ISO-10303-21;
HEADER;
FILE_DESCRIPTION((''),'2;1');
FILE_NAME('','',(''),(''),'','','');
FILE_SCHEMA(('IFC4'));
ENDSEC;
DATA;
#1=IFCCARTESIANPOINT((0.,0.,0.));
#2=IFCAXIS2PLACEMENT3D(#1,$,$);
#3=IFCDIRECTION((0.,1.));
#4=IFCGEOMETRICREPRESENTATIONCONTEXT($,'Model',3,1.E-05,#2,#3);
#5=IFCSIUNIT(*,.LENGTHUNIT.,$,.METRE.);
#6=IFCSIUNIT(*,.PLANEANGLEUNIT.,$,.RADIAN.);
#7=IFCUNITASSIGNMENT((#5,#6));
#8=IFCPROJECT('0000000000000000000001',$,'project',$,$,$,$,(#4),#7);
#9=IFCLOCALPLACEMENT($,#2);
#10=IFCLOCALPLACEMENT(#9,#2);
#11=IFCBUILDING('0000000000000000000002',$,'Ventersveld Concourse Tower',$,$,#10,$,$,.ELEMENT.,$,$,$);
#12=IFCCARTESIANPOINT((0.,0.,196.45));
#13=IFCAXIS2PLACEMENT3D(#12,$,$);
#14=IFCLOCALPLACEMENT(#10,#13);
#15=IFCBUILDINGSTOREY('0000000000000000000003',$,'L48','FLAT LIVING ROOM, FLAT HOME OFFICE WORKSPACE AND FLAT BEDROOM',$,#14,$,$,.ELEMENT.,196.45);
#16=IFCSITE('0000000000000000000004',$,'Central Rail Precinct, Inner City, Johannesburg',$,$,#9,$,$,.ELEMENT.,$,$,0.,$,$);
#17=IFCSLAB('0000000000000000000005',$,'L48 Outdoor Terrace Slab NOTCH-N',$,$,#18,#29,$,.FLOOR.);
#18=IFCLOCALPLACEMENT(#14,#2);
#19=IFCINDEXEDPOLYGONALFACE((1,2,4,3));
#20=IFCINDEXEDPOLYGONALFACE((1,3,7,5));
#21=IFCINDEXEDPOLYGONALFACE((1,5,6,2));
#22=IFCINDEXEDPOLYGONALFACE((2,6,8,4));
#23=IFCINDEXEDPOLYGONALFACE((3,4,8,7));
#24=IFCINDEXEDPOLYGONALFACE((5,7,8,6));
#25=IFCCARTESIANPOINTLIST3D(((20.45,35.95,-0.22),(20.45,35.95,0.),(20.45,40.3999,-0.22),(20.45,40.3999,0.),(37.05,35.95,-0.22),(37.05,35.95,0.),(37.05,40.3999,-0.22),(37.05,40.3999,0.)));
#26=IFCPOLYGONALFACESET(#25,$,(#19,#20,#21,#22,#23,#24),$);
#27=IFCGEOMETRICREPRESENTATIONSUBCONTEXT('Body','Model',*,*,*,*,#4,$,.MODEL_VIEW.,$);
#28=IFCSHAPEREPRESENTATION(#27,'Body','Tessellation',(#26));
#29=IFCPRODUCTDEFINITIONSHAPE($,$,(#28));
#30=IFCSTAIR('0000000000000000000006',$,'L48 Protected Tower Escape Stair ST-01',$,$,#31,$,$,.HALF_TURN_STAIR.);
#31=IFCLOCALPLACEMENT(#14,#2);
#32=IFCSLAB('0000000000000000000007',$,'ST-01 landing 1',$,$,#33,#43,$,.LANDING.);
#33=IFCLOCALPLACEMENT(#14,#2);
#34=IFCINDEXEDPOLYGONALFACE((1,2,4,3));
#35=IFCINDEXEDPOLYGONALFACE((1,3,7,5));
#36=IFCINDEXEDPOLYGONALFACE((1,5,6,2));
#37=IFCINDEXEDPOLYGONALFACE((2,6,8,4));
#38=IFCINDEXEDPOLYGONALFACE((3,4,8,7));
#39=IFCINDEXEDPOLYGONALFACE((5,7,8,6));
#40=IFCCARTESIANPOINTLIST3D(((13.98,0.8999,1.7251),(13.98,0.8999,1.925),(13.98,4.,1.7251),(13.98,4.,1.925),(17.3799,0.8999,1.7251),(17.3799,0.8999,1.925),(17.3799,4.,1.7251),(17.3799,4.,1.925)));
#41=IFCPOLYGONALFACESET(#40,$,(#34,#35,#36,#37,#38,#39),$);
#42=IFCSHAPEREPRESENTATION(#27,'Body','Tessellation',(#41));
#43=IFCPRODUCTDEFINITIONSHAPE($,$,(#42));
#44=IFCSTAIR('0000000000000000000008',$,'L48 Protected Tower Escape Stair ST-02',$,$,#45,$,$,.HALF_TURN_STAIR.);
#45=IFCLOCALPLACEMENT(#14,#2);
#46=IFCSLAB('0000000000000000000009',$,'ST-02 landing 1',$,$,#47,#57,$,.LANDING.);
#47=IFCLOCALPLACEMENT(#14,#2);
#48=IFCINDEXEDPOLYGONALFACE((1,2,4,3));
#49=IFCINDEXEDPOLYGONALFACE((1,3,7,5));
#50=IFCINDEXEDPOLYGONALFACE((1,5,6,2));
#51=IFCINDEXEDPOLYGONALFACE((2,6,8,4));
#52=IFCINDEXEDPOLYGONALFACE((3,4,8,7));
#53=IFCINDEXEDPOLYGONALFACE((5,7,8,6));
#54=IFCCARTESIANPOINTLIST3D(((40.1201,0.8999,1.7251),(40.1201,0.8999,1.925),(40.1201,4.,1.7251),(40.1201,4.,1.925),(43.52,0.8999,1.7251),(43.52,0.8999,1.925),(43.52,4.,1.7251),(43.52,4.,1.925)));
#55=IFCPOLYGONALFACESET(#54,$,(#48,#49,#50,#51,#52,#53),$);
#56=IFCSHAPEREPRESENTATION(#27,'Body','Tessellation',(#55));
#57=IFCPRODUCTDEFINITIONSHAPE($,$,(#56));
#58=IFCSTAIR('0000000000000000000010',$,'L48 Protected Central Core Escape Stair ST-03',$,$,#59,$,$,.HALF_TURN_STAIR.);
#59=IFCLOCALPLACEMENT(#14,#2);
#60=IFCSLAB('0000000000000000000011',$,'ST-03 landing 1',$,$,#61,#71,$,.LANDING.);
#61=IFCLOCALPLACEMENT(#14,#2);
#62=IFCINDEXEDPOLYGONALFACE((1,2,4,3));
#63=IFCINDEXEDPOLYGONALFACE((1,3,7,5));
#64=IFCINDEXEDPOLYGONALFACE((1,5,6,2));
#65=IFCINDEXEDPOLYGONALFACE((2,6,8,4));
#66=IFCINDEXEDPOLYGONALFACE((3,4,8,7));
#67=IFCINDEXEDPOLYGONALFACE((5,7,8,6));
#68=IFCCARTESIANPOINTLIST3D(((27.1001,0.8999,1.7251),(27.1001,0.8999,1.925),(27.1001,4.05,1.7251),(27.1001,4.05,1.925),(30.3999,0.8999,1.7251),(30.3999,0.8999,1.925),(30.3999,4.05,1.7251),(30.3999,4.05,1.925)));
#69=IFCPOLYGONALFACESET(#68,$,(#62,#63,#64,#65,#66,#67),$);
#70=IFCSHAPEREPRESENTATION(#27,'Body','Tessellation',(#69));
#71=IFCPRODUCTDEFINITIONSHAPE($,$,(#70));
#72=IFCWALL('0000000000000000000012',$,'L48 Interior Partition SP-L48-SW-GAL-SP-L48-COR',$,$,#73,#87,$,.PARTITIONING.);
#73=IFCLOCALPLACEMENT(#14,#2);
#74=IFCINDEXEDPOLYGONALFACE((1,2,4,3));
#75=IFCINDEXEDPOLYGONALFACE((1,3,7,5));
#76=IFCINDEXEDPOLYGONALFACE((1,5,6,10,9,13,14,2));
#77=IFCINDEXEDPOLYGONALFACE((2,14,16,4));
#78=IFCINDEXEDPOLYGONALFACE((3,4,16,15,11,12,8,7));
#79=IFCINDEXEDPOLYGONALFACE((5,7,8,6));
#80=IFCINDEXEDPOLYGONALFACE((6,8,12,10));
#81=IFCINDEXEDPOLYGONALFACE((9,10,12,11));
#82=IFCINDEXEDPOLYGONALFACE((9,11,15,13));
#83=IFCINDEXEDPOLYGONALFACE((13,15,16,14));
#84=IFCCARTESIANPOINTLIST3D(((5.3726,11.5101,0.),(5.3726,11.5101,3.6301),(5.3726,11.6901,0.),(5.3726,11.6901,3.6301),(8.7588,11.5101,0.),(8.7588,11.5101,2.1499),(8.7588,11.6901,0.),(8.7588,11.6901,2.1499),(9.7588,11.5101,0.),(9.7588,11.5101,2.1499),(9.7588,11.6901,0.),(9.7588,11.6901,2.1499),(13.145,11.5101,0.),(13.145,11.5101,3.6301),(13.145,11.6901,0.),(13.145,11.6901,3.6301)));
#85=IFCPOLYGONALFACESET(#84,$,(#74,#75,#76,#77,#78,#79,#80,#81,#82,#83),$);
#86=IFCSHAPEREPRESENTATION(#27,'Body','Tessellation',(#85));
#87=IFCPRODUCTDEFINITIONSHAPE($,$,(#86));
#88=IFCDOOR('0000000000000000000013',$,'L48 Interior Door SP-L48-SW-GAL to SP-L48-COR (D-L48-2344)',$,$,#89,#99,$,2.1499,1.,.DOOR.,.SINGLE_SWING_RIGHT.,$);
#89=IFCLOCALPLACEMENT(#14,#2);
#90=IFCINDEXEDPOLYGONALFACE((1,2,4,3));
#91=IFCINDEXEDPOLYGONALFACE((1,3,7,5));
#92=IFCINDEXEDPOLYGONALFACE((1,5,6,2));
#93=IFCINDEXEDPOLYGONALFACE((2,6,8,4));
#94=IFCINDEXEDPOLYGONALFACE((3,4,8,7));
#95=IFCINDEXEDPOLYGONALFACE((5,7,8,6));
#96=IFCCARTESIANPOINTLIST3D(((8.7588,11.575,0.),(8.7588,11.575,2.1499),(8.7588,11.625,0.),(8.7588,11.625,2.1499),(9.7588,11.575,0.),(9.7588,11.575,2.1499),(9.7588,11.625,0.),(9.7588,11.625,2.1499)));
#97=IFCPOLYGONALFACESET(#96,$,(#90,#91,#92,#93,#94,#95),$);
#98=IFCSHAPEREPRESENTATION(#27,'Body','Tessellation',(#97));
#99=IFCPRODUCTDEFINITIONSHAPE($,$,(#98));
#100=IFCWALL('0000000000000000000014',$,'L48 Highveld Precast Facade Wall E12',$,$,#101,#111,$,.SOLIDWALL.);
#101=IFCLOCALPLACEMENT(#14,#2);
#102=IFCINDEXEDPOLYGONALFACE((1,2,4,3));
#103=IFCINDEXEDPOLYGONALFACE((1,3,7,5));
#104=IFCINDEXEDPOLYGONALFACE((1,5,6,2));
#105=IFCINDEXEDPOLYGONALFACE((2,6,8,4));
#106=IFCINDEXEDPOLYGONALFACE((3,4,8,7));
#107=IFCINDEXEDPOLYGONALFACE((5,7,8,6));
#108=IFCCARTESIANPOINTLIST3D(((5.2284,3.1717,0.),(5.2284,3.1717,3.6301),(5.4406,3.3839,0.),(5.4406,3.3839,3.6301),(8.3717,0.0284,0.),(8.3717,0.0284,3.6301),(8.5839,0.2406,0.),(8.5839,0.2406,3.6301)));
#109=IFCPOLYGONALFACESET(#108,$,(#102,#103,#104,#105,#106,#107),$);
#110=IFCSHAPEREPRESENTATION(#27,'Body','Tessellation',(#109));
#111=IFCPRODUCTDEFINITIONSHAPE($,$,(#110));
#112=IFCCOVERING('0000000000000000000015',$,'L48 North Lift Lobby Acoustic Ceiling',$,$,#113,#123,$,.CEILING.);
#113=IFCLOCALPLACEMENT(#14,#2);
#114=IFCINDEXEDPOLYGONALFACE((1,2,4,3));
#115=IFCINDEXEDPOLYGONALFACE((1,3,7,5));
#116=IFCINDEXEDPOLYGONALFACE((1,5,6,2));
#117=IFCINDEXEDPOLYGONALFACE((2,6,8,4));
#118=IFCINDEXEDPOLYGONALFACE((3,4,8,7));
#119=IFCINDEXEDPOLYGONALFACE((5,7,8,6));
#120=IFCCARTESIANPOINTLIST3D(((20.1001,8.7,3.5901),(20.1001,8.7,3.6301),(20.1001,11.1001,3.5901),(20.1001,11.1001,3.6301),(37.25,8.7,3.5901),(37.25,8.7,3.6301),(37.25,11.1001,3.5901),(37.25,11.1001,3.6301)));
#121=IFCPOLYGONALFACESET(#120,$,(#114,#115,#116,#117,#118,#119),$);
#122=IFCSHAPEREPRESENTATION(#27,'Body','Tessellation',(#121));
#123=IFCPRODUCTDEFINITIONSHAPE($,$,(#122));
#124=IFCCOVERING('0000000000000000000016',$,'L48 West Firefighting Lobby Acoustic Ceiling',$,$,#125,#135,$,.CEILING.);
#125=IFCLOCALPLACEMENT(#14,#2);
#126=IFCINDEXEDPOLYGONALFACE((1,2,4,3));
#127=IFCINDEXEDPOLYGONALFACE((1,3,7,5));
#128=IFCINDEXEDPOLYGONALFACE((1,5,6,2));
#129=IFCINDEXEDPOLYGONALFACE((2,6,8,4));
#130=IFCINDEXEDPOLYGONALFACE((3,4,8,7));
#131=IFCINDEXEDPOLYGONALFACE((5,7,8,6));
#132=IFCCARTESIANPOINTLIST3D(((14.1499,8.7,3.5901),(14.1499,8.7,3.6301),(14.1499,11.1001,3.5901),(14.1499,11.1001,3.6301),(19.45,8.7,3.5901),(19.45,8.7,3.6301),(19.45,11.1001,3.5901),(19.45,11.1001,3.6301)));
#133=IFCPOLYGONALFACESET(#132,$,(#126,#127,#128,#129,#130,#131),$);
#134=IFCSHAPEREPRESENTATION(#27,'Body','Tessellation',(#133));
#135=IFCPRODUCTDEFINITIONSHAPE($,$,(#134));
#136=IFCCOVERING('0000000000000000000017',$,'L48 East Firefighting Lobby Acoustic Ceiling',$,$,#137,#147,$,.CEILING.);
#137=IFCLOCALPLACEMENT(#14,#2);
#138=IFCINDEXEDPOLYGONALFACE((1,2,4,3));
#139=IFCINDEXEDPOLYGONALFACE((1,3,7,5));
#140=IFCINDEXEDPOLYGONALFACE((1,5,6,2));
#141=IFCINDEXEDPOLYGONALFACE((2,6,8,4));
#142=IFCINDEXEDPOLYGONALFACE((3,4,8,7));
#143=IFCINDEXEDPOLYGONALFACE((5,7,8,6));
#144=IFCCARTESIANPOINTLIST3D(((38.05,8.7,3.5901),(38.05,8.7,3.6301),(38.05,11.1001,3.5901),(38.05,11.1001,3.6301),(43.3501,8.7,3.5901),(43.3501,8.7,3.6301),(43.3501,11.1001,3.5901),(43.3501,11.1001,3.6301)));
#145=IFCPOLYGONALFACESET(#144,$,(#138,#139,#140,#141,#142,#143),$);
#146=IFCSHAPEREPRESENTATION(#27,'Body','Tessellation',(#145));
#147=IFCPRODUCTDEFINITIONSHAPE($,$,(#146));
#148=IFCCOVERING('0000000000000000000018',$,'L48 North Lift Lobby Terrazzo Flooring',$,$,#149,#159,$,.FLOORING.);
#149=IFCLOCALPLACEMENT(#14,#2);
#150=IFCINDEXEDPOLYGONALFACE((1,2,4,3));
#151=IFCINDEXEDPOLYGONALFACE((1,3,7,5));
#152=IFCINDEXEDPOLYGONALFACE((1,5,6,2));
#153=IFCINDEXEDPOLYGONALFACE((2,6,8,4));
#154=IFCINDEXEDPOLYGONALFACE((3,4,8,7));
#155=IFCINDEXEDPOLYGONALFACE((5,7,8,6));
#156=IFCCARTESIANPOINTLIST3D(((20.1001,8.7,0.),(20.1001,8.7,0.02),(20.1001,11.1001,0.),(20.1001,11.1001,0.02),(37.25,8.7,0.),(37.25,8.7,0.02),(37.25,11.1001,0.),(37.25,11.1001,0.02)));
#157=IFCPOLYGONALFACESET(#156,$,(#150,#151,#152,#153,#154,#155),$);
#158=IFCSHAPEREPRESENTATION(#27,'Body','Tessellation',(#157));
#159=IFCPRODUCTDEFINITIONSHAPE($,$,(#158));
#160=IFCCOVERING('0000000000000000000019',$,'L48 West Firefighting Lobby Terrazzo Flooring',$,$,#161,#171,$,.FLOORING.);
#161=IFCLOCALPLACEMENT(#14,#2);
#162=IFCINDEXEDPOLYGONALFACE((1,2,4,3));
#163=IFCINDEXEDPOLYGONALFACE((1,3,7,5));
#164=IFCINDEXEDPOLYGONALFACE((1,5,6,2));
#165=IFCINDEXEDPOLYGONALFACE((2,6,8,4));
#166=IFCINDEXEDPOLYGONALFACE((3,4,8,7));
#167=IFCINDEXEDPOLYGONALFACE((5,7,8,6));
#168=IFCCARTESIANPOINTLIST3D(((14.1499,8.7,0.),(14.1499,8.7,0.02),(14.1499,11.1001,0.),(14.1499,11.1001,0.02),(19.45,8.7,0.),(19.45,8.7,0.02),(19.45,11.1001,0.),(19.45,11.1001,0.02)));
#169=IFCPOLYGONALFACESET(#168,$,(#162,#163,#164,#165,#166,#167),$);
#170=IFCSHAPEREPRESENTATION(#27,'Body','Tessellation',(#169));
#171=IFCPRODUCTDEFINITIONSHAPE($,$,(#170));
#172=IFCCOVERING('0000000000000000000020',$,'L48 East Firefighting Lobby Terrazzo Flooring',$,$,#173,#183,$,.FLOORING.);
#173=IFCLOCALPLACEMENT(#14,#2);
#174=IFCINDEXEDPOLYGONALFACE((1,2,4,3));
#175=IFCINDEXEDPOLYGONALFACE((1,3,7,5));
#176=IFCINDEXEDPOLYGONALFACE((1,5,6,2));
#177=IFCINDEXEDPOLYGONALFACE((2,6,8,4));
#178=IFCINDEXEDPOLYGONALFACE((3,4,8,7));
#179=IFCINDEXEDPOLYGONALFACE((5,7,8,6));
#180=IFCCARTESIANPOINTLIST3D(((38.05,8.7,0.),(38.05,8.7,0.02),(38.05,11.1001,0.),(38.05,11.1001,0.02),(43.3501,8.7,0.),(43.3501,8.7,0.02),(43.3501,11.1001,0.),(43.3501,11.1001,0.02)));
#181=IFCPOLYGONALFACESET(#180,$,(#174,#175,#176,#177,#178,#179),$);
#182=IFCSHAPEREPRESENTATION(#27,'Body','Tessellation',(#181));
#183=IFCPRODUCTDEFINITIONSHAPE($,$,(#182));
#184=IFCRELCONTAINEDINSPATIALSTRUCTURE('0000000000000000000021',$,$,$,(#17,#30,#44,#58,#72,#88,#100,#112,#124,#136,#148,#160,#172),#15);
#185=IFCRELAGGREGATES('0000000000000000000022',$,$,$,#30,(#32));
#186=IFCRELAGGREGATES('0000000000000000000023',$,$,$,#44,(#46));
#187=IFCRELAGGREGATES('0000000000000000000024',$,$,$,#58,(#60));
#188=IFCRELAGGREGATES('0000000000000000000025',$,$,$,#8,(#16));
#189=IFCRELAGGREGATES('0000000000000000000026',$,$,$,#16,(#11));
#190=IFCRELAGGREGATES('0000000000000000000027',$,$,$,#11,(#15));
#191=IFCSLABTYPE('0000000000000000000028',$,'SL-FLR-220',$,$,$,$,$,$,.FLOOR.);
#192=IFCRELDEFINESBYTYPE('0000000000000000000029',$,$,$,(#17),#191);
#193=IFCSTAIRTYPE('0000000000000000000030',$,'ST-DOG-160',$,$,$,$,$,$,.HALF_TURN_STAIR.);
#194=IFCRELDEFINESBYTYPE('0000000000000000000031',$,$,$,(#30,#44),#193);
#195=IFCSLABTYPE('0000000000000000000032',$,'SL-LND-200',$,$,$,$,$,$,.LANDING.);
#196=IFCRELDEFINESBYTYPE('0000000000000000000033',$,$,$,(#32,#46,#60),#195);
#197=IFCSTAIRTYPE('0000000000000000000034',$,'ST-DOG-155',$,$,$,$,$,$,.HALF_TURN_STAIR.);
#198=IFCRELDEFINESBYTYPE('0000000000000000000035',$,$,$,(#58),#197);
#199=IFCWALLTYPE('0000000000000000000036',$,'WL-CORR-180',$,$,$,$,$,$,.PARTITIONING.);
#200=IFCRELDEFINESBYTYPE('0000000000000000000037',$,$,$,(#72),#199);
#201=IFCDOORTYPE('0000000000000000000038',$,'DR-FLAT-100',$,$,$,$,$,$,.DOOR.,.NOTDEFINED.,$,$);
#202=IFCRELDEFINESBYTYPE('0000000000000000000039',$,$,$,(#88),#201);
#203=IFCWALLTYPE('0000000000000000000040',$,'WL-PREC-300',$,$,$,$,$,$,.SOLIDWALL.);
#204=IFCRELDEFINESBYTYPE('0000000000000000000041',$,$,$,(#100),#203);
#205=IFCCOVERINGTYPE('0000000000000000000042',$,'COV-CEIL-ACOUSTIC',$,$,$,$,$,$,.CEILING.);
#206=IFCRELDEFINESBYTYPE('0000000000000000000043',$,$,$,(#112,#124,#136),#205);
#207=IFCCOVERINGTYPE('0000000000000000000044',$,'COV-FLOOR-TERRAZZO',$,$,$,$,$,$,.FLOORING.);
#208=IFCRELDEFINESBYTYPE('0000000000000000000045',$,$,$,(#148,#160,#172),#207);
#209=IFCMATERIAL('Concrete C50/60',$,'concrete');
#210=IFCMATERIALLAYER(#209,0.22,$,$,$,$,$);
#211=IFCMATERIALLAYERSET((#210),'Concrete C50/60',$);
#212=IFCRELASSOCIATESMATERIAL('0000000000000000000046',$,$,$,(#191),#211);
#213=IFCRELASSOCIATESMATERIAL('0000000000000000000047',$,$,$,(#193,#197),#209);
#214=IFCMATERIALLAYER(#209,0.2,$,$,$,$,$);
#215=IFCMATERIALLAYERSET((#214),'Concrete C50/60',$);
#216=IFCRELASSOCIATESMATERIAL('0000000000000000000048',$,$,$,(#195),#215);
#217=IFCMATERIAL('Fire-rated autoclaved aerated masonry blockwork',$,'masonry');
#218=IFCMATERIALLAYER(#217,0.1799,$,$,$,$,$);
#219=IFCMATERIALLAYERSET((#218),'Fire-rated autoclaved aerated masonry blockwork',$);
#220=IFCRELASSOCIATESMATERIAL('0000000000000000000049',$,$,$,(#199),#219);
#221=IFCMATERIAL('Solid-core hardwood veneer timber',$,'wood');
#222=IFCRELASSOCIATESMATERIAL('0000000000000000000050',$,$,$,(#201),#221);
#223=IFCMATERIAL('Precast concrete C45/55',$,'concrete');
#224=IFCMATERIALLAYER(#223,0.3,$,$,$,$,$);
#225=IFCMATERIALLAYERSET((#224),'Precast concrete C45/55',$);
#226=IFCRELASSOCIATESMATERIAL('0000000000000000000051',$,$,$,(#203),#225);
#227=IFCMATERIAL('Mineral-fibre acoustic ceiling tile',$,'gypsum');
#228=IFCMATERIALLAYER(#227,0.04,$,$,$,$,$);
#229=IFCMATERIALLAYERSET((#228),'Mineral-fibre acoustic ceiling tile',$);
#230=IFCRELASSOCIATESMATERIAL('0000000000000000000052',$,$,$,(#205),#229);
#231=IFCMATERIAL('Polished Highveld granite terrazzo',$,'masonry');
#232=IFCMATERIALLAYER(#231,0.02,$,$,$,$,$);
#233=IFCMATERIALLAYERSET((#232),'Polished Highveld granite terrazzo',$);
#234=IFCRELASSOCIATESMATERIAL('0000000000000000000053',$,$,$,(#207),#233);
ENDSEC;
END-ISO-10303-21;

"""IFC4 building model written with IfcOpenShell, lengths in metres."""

from ifc_helpers import new_model, si_unit, direction, frame, frame_2d, origin, place, context, subcontext, project, spatial, polyline, rectangle, outline, extrude, material, layer, layer_set, type_object, element, fill, aggregate, save


model = new_model("IFC4")

# Units and contexts
model_context = context("Model", 3, precision=1e-05, world=origin(), true_north=direction((0.0, 1.0)))
body_context = subcontext(model_context, "Body", "Model", "MODEL_VIEW")
ifc_project = project(units=[si_unit("LENGTHUNIT", "METRE"), si_unit("PLANEANGLEUNIT", "RADIAN")], contexts=[model_context])

# Site, building, storey
site_placement = place(None, origin())
site = spatial("IfcSite", under=ifc_project, at=site_placement, Name="Central Rail Precinct, Inner City, Johannesburg", CompositionType="ELEMENT", RefElevation=0.0)
building_placement = place(site_placement, origin())
building = spatial("IfcBuilding", under=site, at=building_placement, Name="Ventersveld Concourse Tower", CompositionType="ELEMENT")
storey_placement = place(building_placement, frame((0.0, 0.0, 196.45)))
storey = spatial("IfcBuildingStorey", under=building, at=storey_placement, Name="L48", Description="FLAT LIVING ROOM, FLAT HOME OFFICE WORKSPACE AND FLAT BEDROOM", CompositionType="ELEMENT", Elevation=196.45)

# Slab
ifc_material_1 = material(Name="Concrete C50/60", Category="concrete")
ifc_layer_1 = layer(ifc_material_1, 0.22)
ifc_layer_set_1 = layer_set([ifc_layer_1], Name="Concrete C50/60")
slab_type_1 = type_object("IfcSlabType", Name="SL-FLR-220", PredefinedType="FLOOR", material=ifc_layer_set_1)
slab_1_placement = place(storey_placement, frame((0.0, 0.0, -0.22)))
element("IfcSlab", 1, at=slab_1_placement, inside=storey, type_object=slab_type_1, Name="L48 Outdoor Terrace Slab NOTCH-N", PredefinedType="FLOOR", context=body_context, shape_type="SweptSolid", body=[
    extrude(outline(polyline([(20.45, 35.95), (37.05, 35.95), (37.05, 40.3999), (20.45, 40.3999), (20.45, 35.95)])), origin(), (0.0, 0.0, 1.0), 0.22),
])

# Stairs, slabs
stair_type_1 = type_object("IfcStairType", Name="ST-DOG-160", PredefinedType="HALF_TURN_STAIR", material=ifc_material_1)
stair_1_placement = place(storey_placement, origin())
stair_1 = element("IfcStair", 2, at=stair_1_placement, inside=storey, type_object=stair_type_1, Name="L48 Protected Tower Escape Stair ST-01", PredefinedType="HALF_TURN_STAIR")
ifc_layer_2 = layer(ifc_material_1, 0.2)
ifc_layer_set_2 = layer_set([ifc_layer_2], Name="Concrete C50/60")
slab_type_2 = type_object("IfcSlabType", Name="SL-LND-200", PredefinedType="LANDING", material=ifc_layer_set_2)
slab_2_placement = place(storey_placement, frame((0.0, 0.0, 1.7251)))
slab_2 = element("IfcSlab", 3, at=slab_2_placement, type_object=slab_type_2, Name="ST-01 landing 1", PredefinedType="LANDING", context=body_context, shape_type="SweptSolid", body=[
    extrude(outline(polyline([(13.98, 4.0), (13.98, 0.8999), (17.3799, 0.8999), (17.3799, 4.0), (13.98, 4.0)])), origin(), (0.0, 0.0, 1.0), 0.2),
])
aggregate(stair_1, [slab_2])
stair_2_placement = place(storey_placement, origin())
stair_2 = element("IfcStair", 4, at=stair_2_placement, inside=storey, type_object=stair_type_1, Name="L48 Protected Tower Escape Stair ST-02", PredefinedType="HALF_TURN_STAIR")
slab_3_placement = place(storey_placement, frame((0.0, 0.0, 1.7251)))
slab_3 = element("IfcSlab", 5, at=slab_3_placement, type_object=slab_type_2, Name="ST-02 landing 1", PredefinedType="LANDING", context=body_context, shape_type="SweptSolid", body=[
    extrude(outline(polyline([(40.1201, 4.0), (40.1201, 0.8999), (43.52, 0.8999), (43.52, 4.0), (40.1201, 4.0)])), origin(), (0.0, 0.0, 1.0), 0.2),
])
aggregate(stair_2, [slab_3])
stair_type_2 = type_object("IfcStairType", Name="ST-DOG-155", PredefinedType="HALF_TURN_STAIR", material=ifc_material_1)
stair_3_placement = place(storey_placement, origin())
stair_3 = element("IfcStair", 6, at=stair_3_placement, inside=storey, type_object=stair_type_2, Name="L48 Protected Central Core Escape Stair ST-03", PredefinedType="HALF_TURN_STAIR")
slab_4_placement = place(storey_placement, frame((0.0, 0.0, 1.7251)))
slab_4 = element("IfcSlab", 7, at=slab_4_placement, type_object=slab_type_2, Name="ST-03 landing 1", PredefinedType="LANDING", context=body_context, shape_type="SweptSolid", body=[
    extrude(outline(polyline([(27.1001, 4.05), (27.1001, 0.8999), (30.3999, 0.8999), (30.3999, 4.05), (27.1001, 4.05)])), origin(), (0.0, 0.0, 1.0), 0.2),
])
aggregate(stair_3, [slab_4])

# Wall, opening, door
ifc_material_2 = material(Name="Fire-rated autoclaved aerated masonry blockwork", Category="masonry")
ifc_layer_3 = layer(ifc_material_2, 0.1799)
ifc_layer_set_3 = layer_set([ifc_layer_3], Name="Fire-rated autoclaved aerated masonry blockwork")
wall_type_1 = type_object("IfcWallType", Name="WL-CORR-180", PredefinedType="PARTITIONING", material=ifc_layer_set_3)
wall_1_placement = place(storey_placement, frame((5.3726, 11.6001, 0.0), z_axis=(0.0, 0.0, 1.0), x_axis=(1.0, 0.0, 0.0)))
wall_1 = element("IfcWall", 8, at=wall_1_placement, inside=storey, type_object=wall_type_1, Name="L48 Interior Partition SP-L48-SW-GAL-SP-L48-COR", PredefinedType="PARTITIONING", context=body_context, shape_type="SweptSolid", body=[
    extrude(rectangle(XDim=7.7725, YDim=0.1799, at=frame_2d((3.8862, 0.0))), origin(), (0.0, 0.0, 1.0), 3.6301),
])
opening_placement = place(wall_1_placement, frame((3.3862, 0.0, 0.0)))
opening = element("IfcOpeningElement", 9, at=opening_placement, cuts=wall_1, PredefinedType="OPENING", context=body_context, shape_type="SweptSolid", body=[
    extrude(rectangle(XDim=1.0, YDim=2.1499, at=frame_2d((0.5, 1.075))), frame((0.0, 0.1001, 0.0), z_axis=(0.0, -1.0, 0.0), x_axis=(1.0, 0.0, 0.0)), (0.0, 0.0, 1.0), 0.2),
])
ifc_material_3 = material(Name="Solid-core hardwood veneer timber", Category="wood")
door_type = type_object("IfcDoorType", Name="DR-FLAT-100", OperationType="NOTDEFINED", PredefinedType="DOOR", material=ifc_material_3)
door_placement = place(opening_placement, origin())
door = element("IfcDoor", 10, at=door_placement, inside=storey, type_object=door_type, Name="L48 Interior Door SP-L48-SW-GAL to SP-L48-COR (D-L48-2344)", OperationType="SINGLE_SWING_RIGHT", OverallHeight=2.1499, OverallWidth=1.0, PredefinedType="DOOR", context=body_context, shape_type="SweptSolid", body=[
    extrude(rectangle(XDim=1.0, YDim=2.1499, at=frame_2d((0.5, 1.075))), frame((0.0, 0.0249, 0.0), z_axis=(0.0, -1.0, 0.0), x_axis=(1.0, 0.0, 0.0)), (0.0, 0.0, 1.0), 0.05),
])
fill(opening, door)

# Wall
ifc_material_4 = material(Name="Precast concrete C45/55", Category="concrete")
ifc_layer_4 = layer(ifc_material_4, 0.3)
ifc_layer_set_4 = layer_set([ifc_layer_4], Name="Precast concrete C45/55")
wall_type_2 = type_object("IfcWallType", Name="WL-PREC-300", PredefinedType="SOLIDWALL", material=ifc_layer_set_4)
wall_2_placement = place(storey_placement, frame((5.3345, 3.2778, 0.0), z_axis=(0.0, 0.0, 1.0), x_axis=(0.707107, -0.707107, 0.0)))
element("IfcWall", 11, at=wall_2_placement, inside=storey, type_object=wall_type_2, Name="L48 Highveld Precast Facade Wall E12", PredefinedType="SOLIDWALL", context=body_context, shape_type="SweptSolid", body=[
    extrude(rectangle(XDim=4.4453, YDim=0.3, at=frame_2d((2.2227, 0.0))), origin(), (0.0, 0.0, 1.0), 3.6301),
])

# Coverings
ifc_material_5 = material(Name="Mineral-fibre acoustic ceiling tile", Category="gypsum")
ifc_layer_5 = layer(ifc_material_5, 0.04)
ifc_layer_set_5 = layer_set([ifc_layer_5], Name="Mineral-fibre acoustic ceiling tile")
covering_type_1 = type_object("IfcCoveringType", Name="COV-CEIL-ACOUSTIC", PredefinedType="CEILING", material=ifc_layer_set_5)
covering_1_placement = place(storey_placement, frame((0.0, 0.0, 3.5901)))
element("IfcCovering", 12, at=covering_1_placement, inside=storey, type_object=covering_type_1, Name="L48 North Lift Lobby Acoustic Ceiling", PredefinedType="CEILING", context=body_context, shape_type="SweptSolid", body=[
    extrude(outline(polyline([(20.1001, 8.7), (37.25, 8.7), (37.25, 11.1001), (20.1001, 11.1001), (20.1001, 8.7)])), origin(), (0.0, 0.0, 1.0), 0.04),
])
covering_2_placement = place(storey_placement, frame((0.0, 0.0, 3.5901)))
element("IfcCovering", 13, at=covering_2_placement, inside=storey, type_object=covering_type_1, Name="L48 West Firefighting Lobby Acoustic Ceiling", PredefinedType="CEILING", context=body_context, shape_type="SweptSolid", body=[
    extrude(outline(polyline([(14.1499, 8.7), (19.45, 8.7), (19.45, 11.1001), (14.1499, 11.1001), (14.1499, 8.7)])), origin(), (0.0, 0.0, 1.0), 0.04),
])
covering_3_placement = place(storey_placement, frame((0.0, 0.0, 3.5901)))
element("IfcCovering", 14, at=covering_3_placement, inside=storey, type_object=covering_type_1, Name="L48 East Firefighting Lobby Acoustic Ceiling", PredefinedType="CEILING", context=body_context, shape_type="SweptSolid", body=[
    extrude(outline(polyline([(38.05, 8.7), (43.3501, 8.7), (43.3501, 11.1001), (38.05, 11.1001), (38.05, 8.7)])), origin(), (0.0, 0.0, 1.0), 0.04),
])
ifc_material_6 = material(Name="Polished Highveld granite terrazzo", Category="masonry")
ifc_layer_6 = layer(ifc_material_6, 0.02)
ifc_layer_set_6 = layer_set([ifc_layer_6], Name="Polished Highveld granite terrazzo")
covering_type_2 = type_object("IfcCoveringType", Name="COV-FLOOR-TERRAZZO", PredefinedType="FLOORING", material=ifc_layer_set_6)
covering_4_placement = place(storey_placement, origin())
element("IfcCovering", 15, at=covering_4_placement, inside=storey, type_object=covering_type_2, Name="L48 North Lift Lobby Terrazzo Flooring", PredefinedType="FLOORING", context=body_context, shape_type="SweptSolid", body=[
    extrude(outline(polyline([(20.1001, 8.7), (37.25, 8.7), (37.25, 11.1001), (20.1001, 11.1001), (20.1001, 8.7)])), origin(), (0.0, 0.0, 1.0), 0.02),
])
covering_5_placement = place(storey_placement, origin())
element("IfcCovering", 16, at=covering_5_placement, inside=storey, type_object=covering_type_2, Name="L48 West Firefighting Lobby Terrazzo Flooring", PredefinedType="FLOORING", context=body_context, shape_type="SweptSolid", body=[
    extrude(outline(polyline([(14.1499, 8.7), (19.45, 8.7), (19.45, 11.1001), (14.1499, 11.1001), (14.1499, 8.7)])), origin(), (0.0, 0.0, 1.0), 0.02),
])
covering_6_placement = place(storey_placement, origin())
element("IfcCovering", 17, at=covering_6_placement, inside=storey, type_object=covering_type_2, Name="L48 East Firefighting Lobby Terrazzo Flooring", PredefinedType="FLOORING", context=body_context, shape_type="SweptSolid", body=[
    extrude(outline(polyline([(38.05, 8.7), (43.3501, 8.7), (43.3501, 11.1001), (38.05, 11.1001), (38.05, 8.7)])), origin(), (0.0, 0.0, 1.0), 0.02),
])

save(model, "model.ifc")
